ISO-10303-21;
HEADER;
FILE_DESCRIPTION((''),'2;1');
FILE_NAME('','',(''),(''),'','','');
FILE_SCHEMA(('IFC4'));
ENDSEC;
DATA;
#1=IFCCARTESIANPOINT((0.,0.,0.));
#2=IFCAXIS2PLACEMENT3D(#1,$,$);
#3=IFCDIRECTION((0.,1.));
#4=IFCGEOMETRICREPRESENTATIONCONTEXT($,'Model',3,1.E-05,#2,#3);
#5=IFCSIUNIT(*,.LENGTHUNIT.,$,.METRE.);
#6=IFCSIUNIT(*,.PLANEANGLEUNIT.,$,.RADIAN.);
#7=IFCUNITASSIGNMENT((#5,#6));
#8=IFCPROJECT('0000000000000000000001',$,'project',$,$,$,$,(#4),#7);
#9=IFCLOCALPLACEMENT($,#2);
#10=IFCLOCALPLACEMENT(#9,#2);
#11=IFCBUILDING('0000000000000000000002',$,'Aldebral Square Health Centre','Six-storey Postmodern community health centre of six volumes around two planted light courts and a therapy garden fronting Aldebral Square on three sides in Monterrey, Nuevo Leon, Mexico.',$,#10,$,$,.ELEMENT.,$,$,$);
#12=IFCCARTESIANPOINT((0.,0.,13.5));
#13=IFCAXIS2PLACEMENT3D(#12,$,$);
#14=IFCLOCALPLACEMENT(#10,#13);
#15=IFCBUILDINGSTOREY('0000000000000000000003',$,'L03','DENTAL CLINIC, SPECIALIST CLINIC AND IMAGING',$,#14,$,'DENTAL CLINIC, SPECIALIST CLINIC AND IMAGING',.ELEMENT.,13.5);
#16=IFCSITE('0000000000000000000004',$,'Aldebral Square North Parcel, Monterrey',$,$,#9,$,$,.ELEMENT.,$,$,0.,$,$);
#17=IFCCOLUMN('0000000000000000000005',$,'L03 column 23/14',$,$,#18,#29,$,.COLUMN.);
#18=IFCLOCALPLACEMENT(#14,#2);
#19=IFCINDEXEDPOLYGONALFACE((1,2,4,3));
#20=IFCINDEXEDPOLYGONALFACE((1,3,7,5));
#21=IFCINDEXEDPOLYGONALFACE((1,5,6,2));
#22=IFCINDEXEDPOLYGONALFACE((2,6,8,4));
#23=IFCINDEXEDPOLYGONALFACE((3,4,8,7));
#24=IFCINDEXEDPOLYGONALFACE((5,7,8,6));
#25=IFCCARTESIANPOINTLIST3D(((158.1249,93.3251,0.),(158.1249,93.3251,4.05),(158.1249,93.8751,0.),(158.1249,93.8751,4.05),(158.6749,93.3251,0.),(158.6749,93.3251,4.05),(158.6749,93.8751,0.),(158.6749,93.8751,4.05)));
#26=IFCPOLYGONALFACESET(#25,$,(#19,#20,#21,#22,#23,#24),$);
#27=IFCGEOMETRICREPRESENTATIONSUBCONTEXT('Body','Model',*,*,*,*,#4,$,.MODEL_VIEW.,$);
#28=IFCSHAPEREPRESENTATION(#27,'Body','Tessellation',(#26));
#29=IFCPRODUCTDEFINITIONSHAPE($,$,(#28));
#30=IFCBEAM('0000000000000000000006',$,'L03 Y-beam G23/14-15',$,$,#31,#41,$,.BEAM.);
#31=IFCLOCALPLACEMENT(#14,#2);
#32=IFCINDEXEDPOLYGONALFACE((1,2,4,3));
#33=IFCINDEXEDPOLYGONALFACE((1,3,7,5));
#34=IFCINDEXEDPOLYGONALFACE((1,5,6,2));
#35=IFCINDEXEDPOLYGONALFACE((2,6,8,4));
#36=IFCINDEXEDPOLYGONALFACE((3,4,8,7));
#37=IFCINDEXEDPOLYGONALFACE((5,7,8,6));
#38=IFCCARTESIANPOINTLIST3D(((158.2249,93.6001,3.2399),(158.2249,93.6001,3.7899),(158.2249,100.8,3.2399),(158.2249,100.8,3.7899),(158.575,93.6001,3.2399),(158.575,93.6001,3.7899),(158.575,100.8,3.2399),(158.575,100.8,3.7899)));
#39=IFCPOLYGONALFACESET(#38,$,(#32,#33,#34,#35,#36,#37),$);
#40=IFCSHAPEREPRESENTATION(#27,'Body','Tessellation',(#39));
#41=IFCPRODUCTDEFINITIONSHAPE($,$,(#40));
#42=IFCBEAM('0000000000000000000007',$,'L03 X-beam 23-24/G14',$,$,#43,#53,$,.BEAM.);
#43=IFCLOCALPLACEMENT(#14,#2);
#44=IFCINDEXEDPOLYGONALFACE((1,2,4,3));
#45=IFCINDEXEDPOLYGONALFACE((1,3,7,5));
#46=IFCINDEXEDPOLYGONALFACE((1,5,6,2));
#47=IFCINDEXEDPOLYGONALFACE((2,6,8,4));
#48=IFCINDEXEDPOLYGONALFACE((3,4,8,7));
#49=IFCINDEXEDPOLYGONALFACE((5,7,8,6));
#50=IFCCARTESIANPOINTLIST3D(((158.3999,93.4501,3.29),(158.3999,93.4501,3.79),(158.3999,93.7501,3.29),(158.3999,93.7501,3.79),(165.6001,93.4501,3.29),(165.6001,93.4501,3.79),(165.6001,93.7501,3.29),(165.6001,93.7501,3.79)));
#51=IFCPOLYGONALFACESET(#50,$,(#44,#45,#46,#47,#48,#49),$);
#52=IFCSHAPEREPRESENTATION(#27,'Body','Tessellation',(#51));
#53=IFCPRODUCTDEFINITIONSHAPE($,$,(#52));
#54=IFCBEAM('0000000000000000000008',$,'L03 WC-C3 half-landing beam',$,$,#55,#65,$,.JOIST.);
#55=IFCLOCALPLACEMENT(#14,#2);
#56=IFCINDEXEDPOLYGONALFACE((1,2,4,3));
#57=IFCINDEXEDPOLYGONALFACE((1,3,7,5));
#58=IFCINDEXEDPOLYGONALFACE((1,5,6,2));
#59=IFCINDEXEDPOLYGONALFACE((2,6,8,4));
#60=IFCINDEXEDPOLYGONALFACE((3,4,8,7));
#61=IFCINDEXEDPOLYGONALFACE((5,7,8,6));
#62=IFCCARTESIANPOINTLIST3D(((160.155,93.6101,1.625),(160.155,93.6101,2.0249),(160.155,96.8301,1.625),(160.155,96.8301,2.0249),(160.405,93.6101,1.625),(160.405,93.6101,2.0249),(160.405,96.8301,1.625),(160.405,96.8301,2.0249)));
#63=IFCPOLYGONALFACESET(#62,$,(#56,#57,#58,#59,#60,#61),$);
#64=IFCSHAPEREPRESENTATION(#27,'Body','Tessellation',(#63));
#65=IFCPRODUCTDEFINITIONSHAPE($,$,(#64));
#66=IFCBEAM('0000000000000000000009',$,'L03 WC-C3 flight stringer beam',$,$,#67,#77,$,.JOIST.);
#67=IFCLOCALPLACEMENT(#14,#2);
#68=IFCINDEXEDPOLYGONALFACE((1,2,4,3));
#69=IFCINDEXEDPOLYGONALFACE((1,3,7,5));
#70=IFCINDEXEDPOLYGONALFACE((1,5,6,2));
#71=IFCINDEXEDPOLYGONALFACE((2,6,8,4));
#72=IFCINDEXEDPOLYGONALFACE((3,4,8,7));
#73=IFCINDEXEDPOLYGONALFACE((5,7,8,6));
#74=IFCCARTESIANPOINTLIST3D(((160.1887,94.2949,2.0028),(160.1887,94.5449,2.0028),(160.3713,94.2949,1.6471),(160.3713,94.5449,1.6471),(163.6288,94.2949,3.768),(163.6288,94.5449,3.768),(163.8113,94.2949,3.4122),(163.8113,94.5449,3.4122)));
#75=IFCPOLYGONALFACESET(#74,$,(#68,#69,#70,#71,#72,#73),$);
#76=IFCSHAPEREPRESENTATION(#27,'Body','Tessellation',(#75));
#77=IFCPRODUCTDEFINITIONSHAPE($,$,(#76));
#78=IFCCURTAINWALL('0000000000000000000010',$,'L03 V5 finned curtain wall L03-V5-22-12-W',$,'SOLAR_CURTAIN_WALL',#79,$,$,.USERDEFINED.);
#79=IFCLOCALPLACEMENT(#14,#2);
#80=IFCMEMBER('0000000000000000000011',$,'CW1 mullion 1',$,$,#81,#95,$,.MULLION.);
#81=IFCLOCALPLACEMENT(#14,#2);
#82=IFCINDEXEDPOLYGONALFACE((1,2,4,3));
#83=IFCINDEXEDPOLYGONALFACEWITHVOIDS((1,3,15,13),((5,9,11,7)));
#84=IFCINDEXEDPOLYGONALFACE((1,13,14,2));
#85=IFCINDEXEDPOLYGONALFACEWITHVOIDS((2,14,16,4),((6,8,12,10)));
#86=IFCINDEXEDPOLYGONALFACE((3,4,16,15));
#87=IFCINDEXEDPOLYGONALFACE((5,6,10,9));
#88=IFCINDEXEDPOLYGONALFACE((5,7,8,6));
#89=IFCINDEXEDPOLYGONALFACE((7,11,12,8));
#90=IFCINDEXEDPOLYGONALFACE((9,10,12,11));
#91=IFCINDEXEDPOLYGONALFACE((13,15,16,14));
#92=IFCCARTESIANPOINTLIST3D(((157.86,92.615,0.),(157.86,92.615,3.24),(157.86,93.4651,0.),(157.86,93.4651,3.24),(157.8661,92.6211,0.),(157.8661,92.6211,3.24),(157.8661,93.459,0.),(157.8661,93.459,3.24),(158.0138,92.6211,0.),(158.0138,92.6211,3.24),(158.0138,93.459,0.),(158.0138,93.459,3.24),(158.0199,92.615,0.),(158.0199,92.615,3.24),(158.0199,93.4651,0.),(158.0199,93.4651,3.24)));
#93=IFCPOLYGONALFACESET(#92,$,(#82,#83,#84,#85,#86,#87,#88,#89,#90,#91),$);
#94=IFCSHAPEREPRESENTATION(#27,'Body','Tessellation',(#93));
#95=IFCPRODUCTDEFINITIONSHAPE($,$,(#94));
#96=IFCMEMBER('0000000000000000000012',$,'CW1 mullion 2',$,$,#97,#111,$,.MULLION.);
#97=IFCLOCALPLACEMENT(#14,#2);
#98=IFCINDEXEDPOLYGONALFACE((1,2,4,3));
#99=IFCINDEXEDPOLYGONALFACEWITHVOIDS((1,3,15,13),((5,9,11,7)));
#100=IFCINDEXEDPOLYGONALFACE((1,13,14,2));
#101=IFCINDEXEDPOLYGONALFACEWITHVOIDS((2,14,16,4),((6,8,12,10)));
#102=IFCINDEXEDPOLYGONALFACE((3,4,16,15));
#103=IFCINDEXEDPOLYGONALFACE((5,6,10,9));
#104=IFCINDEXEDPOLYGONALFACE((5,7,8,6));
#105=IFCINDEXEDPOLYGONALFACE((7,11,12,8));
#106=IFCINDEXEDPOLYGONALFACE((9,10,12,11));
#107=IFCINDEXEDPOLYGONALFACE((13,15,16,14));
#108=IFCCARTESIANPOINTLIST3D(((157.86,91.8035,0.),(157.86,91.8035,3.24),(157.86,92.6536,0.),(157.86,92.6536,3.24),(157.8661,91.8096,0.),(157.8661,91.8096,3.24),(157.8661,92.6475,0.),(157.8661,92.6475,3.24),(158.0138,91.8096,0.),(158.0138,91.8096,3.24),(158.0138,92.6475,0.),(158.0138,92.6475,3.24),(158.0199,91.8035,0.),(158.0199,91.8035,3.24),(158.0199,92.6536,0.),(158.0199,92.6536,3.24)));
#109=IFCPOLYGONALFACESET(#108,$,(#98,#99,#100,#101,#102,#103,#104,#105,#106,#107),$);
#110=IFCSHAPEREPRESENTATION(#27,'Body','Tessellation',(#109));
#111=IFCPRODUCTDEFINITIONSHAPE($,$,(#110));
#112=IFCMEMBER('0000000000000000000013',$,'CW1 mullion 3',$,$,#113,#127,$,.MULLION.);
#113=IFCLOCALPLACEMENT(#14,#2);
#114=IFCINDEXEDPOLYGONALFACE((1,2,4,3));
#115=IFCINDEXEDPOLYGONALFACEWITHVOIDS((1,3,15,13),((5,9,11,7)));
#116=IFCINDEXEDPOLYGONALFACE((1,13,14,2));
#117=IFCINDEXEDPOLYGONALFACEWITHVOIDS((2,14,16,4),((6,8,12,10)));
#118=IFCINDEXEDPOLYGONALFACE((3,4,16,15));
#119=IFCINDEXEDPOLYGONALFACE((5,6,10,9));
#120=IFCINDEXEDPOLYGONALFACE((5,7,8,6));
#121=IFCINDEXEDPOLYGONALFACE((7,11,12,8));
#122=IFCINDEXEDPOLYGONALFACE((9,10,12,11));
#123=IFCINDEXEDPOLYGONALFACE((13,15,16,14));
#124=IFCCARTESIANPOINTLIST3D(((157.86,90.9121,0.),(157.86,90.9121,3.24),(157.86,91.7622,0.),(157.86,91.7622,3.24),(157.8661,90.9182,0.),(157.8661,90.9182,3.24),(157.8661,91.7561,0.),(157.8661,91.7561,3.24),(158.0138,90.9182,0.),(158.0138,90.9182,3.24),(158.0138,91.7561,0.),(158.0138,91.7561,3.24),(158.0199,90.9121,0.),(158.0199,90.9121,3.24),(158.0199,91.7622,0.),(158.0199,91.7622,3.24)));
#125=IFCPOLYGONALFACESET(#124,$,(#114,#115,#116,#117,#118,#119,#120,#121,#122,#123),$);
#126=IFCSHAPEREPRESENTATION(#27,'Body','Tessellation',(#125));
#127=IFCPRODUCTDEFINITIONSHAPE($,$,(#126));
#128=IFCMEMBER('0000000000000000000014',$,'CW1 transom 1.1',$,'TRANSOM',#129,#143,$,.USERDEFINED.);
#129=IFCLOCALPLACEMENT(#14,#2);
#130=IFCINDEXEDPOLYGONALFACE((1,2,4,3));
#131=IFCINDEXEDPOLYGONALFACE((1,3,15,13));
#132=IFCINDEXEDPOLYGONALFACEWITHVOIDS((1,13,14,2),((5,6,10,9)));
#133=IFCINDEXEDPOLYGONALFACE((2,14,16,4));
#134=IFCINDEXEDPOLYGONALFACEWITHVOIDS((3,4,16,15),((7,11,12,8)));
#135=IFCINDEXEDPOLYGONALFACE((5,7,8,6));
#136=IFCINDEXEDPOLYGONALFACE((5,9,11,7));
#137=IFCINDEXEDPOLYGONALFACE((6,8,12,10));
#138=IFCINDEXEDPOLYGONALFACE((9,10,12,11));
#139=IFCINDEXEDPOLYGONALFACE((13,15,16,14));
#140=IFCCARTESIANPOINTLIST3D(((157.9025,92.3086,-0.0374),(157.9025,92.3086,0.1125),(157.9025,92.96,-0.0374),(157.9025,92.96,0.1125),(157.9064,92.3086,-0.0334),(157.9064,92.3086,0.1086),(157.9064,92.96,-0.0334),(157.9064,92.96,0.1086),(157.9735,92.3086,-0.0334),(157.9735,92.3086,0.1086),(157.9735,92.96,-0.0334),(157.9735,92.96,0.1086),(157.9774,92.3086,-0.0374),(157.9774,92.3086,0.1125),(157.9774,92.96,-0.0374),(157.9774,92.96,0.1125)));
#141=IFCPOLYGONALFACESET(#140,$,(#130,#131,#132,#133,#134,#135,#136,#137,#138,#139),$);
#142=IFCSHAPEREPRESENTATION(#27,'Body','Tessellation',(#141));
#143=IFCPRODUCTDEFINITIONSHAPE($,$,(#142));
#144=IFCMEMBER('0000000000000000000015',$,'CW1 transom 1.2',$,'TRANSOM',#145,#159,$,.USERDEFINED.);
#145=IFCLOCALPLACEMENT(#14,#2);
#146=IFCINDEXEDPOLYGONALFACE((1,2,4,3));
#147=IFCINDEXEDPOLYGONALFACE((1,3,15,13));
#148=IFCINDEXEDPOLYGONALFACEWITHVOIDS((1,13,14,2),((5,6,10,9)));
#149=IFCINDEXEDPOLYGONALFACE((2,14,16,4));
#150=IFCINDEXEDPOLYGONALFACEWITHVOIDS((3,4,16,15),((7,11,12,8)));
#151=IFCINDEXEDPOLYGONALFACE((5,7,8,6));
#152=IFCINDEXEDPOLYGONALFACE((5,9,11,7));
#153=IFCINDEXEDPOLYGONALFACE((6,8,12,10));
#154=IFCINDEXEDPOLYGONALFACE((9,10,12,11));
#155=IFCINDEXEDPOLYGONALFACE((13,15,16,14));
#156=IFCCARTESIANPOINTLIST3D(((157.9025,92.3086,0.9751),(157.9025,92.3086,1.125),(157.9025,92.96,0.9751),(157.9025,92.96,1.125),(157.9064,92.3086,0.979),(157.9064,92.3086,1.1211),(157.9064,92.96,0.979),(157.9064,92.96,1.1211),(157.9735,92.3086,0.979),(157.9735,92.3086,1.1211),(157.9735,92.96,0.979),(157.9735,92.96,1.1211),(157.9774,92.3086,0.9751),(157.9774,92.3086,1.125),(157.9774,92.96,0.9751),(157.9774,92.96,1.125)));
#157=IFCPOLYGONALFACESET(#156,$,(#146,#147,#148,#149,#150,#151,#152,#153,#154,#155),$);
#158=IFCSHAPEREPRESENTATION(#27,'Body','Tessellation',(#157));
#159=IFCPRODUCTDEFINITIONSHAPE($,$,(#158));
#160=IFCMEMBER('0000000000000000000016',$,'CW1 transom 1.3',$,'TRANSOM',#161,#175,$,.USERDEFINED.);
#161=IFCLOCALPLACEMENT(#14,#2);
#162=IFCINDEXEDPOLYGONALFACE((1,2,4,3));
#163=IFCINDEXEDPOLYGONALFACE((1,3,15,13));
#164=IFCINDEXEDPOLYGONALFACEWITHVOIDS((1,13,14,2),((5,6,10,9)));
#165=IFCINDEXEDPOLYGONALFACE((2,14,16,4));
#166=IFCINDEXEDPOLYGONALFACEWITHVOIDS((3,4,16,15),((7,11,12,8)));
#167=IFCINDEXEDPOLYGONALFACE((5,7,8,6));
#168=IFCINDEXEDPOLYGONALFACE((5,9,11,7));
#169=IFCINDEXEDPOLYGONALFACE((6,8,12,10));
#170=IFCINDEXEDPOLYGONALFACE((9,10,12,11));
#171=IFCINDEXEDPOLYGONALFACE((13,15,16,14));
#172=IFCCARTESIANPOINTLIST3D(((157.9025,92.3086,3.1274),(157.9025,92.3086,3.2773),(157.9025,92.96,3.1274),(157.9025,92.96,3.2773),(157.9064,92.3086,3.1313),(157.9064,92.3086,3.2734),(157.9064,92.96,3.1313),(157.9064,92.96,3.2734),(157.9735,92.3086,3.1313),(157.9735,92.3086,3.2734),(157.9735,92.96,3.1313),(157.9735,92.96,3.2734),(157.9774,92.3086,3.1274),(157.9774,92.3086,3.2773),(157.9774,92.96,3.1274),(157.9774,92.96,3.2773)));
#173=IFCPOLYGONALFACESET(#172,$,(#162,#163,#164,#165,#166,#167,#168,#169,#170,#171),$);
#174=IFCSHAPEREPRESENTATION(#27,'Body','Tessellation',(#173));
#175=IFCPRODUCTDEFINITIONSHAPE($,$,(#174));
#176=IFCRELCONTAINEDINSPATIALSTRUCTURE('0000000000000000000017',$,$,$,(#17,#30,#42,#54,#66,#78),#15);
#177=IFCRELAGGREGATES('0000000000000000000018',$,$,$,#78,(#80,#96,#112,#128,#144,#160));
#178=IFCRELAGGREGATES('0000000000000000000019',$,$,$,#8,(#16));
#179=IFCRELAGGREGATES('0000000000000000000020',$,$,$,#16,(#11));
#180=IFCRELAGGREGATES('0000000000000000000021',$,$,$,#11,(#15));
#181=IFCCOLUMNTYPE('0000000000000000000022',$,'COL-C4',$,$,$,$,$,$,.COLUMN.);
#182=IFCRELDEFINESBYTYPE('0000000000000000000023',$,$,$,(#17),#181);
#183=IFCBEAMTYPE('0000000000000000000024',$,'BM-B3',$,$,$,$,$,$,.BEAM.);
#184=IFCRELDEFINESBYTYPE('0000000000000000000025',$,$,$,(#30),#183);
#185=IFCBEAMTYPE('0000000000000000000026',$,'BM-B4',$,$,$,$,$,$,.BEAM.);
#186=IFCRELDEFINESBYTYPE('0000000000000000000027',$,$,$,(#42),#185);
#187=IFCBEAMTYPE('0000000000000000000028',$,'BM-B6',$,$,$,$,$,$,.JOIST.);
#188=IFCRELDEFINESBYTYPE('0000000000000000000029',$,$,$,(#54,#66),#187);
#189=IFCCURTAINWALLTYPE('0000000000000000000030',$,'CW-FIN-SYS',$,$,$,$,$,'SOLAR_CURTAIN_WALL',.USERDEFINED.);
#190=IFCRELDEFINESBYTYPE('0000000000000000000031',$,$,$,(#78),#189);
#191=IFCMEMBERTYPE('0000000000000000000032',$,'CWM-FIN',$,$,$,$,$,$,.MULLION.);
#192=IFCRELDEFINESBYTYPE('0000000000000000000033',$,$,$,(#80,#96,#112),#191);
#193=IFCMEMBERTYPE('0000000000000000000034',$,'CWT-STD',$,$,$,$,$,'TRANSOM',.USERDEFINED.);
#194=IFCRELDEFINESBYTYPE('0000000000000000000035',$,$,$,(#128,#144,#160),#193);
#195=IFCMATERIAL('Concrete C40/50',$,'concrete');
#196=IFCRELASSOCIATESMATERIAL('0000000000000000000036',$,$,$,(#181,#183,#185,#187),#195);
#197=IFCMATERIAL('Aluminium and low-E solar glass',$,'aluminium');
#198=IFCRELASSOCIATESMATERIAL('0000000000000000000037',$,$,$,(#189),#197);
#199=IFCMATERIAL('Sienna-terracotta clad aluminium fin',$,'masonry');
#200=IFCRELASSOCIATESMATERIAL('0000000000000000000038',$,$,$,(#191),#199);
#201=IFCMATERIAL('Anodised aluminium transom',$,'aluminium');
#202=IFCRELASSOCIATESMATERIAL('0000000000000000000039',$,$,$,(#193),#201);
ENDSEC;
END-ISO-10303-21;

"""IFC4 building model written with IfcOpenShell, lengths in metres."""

from ifc_helpers import new_model, si_unit, direction, frame, origin, origin_2d, place, context, subcontext, project, spatial, rectangle, hollow_rectangle, extrude, material, material_profile, profile_set, type_object, element, aggregate, save


model = new_model("IFC4")

# Units and contexts
model_context = context("Model", 3, precision=1e-05, world=origin(), true_north=direction((0.0, 1.0)))
body_context = subcontext(model_context, "Body", "Model", "MODEL_VIEW")
ifc_project = project(units=[si_unit("LENGTHUNIT", "METRE"), si_unit("PLANEANGLEUNIT", "RADIAN")], contexts=[model_context])

# Site, building, storey
site_placement = place(None, origin())
site = spatial("IfcSite", under=ifc_project, at=site_placement, Name="Aldebral Square North Parcel, Monterrey", CompositionType="ELEMENT", RefElevation=0.0)
building_placement = place(site_placement, origin())
building = spatial("IfcBuilding", under=site, at=building_placement, Name="Aldebral Square Health Centre", Description="Six-storey Postmodern community health centre of six volumes around two planted light courts and a therapy garden fronting Aldebral Square on three sides in Monterrey, Nuevo Leon, Mexico.", CompositionType="ELEMENT")
storey_placement = place(building_placement, frame((0.0, 0.0, 13.5)))
storey = spatial("IfcBuildingStorey", under=building, at=storey_placement, Name="L03", Description="DENTAL CLINIC, SPECIALIST CLINIC AND IMAGING", LongName="DENTAL CLINIC, SPECIALIST CLINIC AND IMAGING", CompositionType="ELEMENT", Elevation=13.5)

# Column
ifc_material_1 = material(Name="Concrete C40/50", Category="concrete")
ifc_material_profile_1 = material_profile(ifc_material_1, rectangle(XDim=0.55, YDim=0.55, at=origin_2d()), Name="RC 550x550")
ifc_profile_set_1 = profile_set([ifc_material_profile_1], Name="Concrete C40/50")
column_type = type_object("IfcColumnType", Name="COL-C4", PredefinedType="COLUMN", material=ifc_profile_set_1)
column_placement = place(storey_placement, frame((158.3999, 93.6001, 0.0), z_axis=(0.0, 0.0, 1.0), x_axis=(1.0, 0.0, 0.0)))
element("IfcColumn", 1, at=column_placement, inside=storey, type_object=column_type, Name="L03 column 23/14", PredefinedType="COLUMN", context=body_context, shape_type="SweptSolid", body=[
    extrude(rectangle(XDim=0.55, YDim=0.55, at=origin_2d()), origin(), (0.0, 0.0, 1.0), 4.05),
])

# Beams
ifc_material_profile_2 = material_profile(ifc_material_1, rectangle(XDim=0.3501, YDim=0.55, at=origin_2d()), Name="RC 350x550")
ifc_profile_set_2 = profile_set([ifc_material_profile_2], Name="Concrete C40/50")
beam_type_1 = type_object("IfcBeamType", Name="BM-B3", PredefinedType="BEAM", material=ifc_profile_set_2)
beam_1_placement = place(storey_placement, frame((158.3999, 93.6001, 3.5149), z_axis=(0.0, 1.0, 0.0), x_axis=(-1.0, 0.0, 0.0)))
element("IfcBeam", 2, at=beam_1_placement, inside=storey, type_object=beam_type_1, Name="L03 Y-beam G23/14-15", PredefinedType="BEAM", context=body_context, shape_type="SweptSolid", body=[
    extrude(rectangle(XDim=0.3501, YDim=0.55, at=origin_2d()), origin(), (0.0, 0.0, 1.0), 7.2),
])
ifc_material_profile_3 = material_profile(ifc_material_1, rectangle(XDim=0.3, YDim=0.5, at=origin_2d()), Name="RC 300x500")
ifc_profile_set_3 = profile_set([ifc_material_profile_3], Name="Concrete C40/50")
beam_type_2 = type_object("IfcBeamType", Name="BM-B4", PredefinedType="BEAM", material=ifc_profile_set_3)
beam_2_placement = place(storey_placement, frame((158.3999, 93.6001, 3.54), z_axis=(1.0, 0.0, 0.0), x_axis=(0.0, 1.0, 0.0)))
element("IfcBeam", 3, at=beam_2_placement, inside=storey, type_object=beam_type_2, Name="L03 X-beam 23-24/G14", PredefinedType="BEAM", context=body_context, shape_type="SweptSolid", body=[
    extrude(rectangle(XDim=0.3, YDim=0.5, at=origin_2d()), origin(), (0.0, 0.0, 1.0), 7.2002),
])
ifc_material_profile_4 = material_profile(ifc_material_1, rectangle(XDim=0.25, YDim=0.3999, at=origin_2d()), Name="RC 250x400")
ifc_profile_set_4 = profile_set([ifc_material_profile_4], Name="Concrete C40/50")
beam_type_3 = type_object("IfcBeamType", Name="BM-B6", PredefinedType="JOIST", material=ifc_profile_set_4)
beam_3_placement = place(storey_placement, frame((160.28, 93.6101, 1.825), z_axis=(0.0, 1.0, 0.0), x_axis=(-1.0, 0.0, 0.0)))
element("IfcBeam", 4, at=beam_3_placement, inside=storey, type_object=beam_type_3, Name="L03 WC-C3 half-landing beam", PredefinedType="JOIST", context=body_context, shape_type="SweptSolid", body=[
    extrude(rectangle(XDim=0.25, YDim=0.3999, at=origin_2d()), origin(), (0.0, 0.0, 1.0), 3.22),
])
beam_4_placement = place(storey_placement, frame((160.28, 94.4199, 1.825), z_axis=(0.889706, 0.0, 0.456535), x_axis=(0.0, 1.0, 0.0)))
element("IfcBeam", 5, at=beam_4_placement, inside=storey, type_object=beam_type_3, Name="L03 WC-C3 flight stringer beam", PredefinedType="JOIST", context=body_context, shape_type="SweptSolid", body=[
    extrude(rectangle(XDim=0.25, YDim=0.3999, at=origin_2d()), origin(), (0.0, 0.0, 1.0), 3.8665),
])

# Curtain wall, members
ifc_material_2 = material(Name="Aluminium and low-E solar glass", Category="aluminium")
curtain_wall_type = type_object("IfcCurtainWallType", Name="CW-FIN-SYS", ElementType="SOLAR_CURTAIN_WALL", PredefinedType="USERDEFINED", material=ifc_material_2)
curtain_wall_placement = place(storey_placement, origin())
curtain_wall = element("IfcCurtainWall", 6, at=curtain_wall_placement, inside=storey, type_object=curtain_wall_type, Name="L03 V5 finned curtain wall L03-V5-22-12-W", ObjectType="SOLAR_CURTAIN_WALL", PredefinedType="USERDEFINED")
ifc_material_3 = material(Name="Sienna-terracotta clad aluminium fin", Category="masonry")
ifc_material_profile_5 = material_profile(ifc_material_3, hollow_rectangle(XDim=0.1599, YDim=0.8501, WallThickness=0.0061, at=origin_2d()), Name="FIN 160x850x6")
ifc_profile_set_5 = profile_set([ifc_material_profile_5], Name="Sienna-terracotta clad aluminium fin")
member_type_1 = type_object("IfcMemberType", Name="CWM-FIN", PredefinedType="MULLION", material=ifc_profile_set_5)
member_1_placement = place(storey_placement, frame((157.9399, 93.04, 0.0), z_axis=(0.0, 0.0, 1.0), x_axis=(1.0, 0.0, 0.0)))
member_1 = element("IfcMember", 7, at=member_1_placement, type_object=member_type_1, Name="CW1 mullion 1", PredefinedType="MULLION", context=body_context, shape_type="SweptSolid", body=[
    extrude(hollow_rectangle(XDim=0.1599, YDim=0.8501, WallThickness=0.0061, at=origin_2d()), origin(), (0.0, 0.0, 1.0), 3.24),
])
member_2_placement = place(storey_placement, frame((157.9399, 92.2285, 0.0), z_axis=(0.0, 0.0, 1.0), x_axis=(1.0, 0.0, 0.0)))
member_2 = element("IfcMember", 8, at=member_2_placement, type_object=member_type_1, Name="CW1 mullion 2", PredefinedType="MULLION", context=body_context, shape_type="SweptSolid", body=[
    extrude(hollow_rectangle(XDim=0.1599, YDim=0.8501, WallThickness=0.0061, at=origin_2d()), origin(), (0.0, 0.0, 1.0), 3.24),
])
member_3_placement = place(storey_placement, frame((157.9399, 91.3372, 0.0), z_axis=(0.0, 0.0, 1.0), x_axis=(1.0, 0.0, 0.0)))
member_3 = element("IfcMember", 9, at=member_3_placement, type_object=member_type_1, Name="CW1 mullion 3", PredefinedType="MULLION", context=body_context, shape_type="SweptSolid", body=[
    extrude(hollow_rectangle(XDim=0.1599, YDim=0.8501, WallThickness=0.0061, at=origin_2d()), origin(), (0.0, 0.0, 1.0), 3.24),
])
ifc_material_4 = material(Name="Anodised aluminium transom", Category="aluminium")
ifc_material_profile_6 = material_profile(ifc_material_4, hollow_rectangle(XDim=0.075, YDim=0.1499, WallThickness=0.0039, at=origin_2d()), Name="CWT 75x150x4")
ifc_profile_set_6 = profile_set([ifc_material_profile_6], Name="Anodised aluminium transom")
member_type_2 = type_object("IfcMemberType", Name="CWT-STD", ElementType="TRANSOM", PredefinedType="USERDEFINED", material=ifc_profile_set_6)
member_4_placement = place(storey_placement, frame((157.9399, 92.96, 0.0376), z_axis=(0.0, -1.0, 0.0), x_axis=(1.0, 0.0, 0.0)))
member_4 = element("IfcMember", 10, at=member_4_placement, type_object=member_type_2, Name="CW1 transom 1.1", ObjectType="TRANSOM", PredefinedType="USERDEFINED", context=body_context, shape_type="SweptSolid", body=[
    extrude(hollow_rectangle(XDim=0.075, YDim=0.1499, WallThickness=0.0039, at=origin_2d()), origin(), (0.0, 0.0, 1.0), 0.6514),
])
member_5_placement = place(storey_placement, frame((157.9399, 92.96, 1.05), z_axis=(0.0, -1.0, 0.0), x_axis=(1.0, 0.0, 0.0)))
member_5 = element("IfcMember", 11, at=member_5_placement, type_object=member_type_2, Name="CW1 transom 1.2", ObjectType="TRANSOM", PredefinedType="USERDEFINED", context=body_context, shape_type="SweptSolid", body=[
    extrude(hollow_rectangle(XDim=0.075, YDim=0.1499, WallThickness=0.0039, at=origin_2d()), origin(), (0.0, 0.0, 1.0), 0.6514),
])
member_6_placement = place(storey_placement, frame((157.9399, 92.96, 3.2024), z_axis=(0.0, -1.0, 0.0), x_axis=(1.0, 0.0, 0.0)))
member_6 = element("IfcMember", 12, at=member_6_placement, type_object=member_type_2, Name="CW1 transom 1.3", ObjectType="TRANSOM", PredefinedType="USERDEFINED", context=body_context, shape_type="SweptSolid", body=[
    extrude(hollow_rectangle(XDim=0.075, YDim=0.1499, WallThickness=0.0039, at=origin_2d()), origin(), (0.0, 0.0, 1.0), 0.6514),
])
aggregate(curtain_wall, [member_1, member_2, member_3, member_4, member_5, member_6])

save(model, "model.ifc")
